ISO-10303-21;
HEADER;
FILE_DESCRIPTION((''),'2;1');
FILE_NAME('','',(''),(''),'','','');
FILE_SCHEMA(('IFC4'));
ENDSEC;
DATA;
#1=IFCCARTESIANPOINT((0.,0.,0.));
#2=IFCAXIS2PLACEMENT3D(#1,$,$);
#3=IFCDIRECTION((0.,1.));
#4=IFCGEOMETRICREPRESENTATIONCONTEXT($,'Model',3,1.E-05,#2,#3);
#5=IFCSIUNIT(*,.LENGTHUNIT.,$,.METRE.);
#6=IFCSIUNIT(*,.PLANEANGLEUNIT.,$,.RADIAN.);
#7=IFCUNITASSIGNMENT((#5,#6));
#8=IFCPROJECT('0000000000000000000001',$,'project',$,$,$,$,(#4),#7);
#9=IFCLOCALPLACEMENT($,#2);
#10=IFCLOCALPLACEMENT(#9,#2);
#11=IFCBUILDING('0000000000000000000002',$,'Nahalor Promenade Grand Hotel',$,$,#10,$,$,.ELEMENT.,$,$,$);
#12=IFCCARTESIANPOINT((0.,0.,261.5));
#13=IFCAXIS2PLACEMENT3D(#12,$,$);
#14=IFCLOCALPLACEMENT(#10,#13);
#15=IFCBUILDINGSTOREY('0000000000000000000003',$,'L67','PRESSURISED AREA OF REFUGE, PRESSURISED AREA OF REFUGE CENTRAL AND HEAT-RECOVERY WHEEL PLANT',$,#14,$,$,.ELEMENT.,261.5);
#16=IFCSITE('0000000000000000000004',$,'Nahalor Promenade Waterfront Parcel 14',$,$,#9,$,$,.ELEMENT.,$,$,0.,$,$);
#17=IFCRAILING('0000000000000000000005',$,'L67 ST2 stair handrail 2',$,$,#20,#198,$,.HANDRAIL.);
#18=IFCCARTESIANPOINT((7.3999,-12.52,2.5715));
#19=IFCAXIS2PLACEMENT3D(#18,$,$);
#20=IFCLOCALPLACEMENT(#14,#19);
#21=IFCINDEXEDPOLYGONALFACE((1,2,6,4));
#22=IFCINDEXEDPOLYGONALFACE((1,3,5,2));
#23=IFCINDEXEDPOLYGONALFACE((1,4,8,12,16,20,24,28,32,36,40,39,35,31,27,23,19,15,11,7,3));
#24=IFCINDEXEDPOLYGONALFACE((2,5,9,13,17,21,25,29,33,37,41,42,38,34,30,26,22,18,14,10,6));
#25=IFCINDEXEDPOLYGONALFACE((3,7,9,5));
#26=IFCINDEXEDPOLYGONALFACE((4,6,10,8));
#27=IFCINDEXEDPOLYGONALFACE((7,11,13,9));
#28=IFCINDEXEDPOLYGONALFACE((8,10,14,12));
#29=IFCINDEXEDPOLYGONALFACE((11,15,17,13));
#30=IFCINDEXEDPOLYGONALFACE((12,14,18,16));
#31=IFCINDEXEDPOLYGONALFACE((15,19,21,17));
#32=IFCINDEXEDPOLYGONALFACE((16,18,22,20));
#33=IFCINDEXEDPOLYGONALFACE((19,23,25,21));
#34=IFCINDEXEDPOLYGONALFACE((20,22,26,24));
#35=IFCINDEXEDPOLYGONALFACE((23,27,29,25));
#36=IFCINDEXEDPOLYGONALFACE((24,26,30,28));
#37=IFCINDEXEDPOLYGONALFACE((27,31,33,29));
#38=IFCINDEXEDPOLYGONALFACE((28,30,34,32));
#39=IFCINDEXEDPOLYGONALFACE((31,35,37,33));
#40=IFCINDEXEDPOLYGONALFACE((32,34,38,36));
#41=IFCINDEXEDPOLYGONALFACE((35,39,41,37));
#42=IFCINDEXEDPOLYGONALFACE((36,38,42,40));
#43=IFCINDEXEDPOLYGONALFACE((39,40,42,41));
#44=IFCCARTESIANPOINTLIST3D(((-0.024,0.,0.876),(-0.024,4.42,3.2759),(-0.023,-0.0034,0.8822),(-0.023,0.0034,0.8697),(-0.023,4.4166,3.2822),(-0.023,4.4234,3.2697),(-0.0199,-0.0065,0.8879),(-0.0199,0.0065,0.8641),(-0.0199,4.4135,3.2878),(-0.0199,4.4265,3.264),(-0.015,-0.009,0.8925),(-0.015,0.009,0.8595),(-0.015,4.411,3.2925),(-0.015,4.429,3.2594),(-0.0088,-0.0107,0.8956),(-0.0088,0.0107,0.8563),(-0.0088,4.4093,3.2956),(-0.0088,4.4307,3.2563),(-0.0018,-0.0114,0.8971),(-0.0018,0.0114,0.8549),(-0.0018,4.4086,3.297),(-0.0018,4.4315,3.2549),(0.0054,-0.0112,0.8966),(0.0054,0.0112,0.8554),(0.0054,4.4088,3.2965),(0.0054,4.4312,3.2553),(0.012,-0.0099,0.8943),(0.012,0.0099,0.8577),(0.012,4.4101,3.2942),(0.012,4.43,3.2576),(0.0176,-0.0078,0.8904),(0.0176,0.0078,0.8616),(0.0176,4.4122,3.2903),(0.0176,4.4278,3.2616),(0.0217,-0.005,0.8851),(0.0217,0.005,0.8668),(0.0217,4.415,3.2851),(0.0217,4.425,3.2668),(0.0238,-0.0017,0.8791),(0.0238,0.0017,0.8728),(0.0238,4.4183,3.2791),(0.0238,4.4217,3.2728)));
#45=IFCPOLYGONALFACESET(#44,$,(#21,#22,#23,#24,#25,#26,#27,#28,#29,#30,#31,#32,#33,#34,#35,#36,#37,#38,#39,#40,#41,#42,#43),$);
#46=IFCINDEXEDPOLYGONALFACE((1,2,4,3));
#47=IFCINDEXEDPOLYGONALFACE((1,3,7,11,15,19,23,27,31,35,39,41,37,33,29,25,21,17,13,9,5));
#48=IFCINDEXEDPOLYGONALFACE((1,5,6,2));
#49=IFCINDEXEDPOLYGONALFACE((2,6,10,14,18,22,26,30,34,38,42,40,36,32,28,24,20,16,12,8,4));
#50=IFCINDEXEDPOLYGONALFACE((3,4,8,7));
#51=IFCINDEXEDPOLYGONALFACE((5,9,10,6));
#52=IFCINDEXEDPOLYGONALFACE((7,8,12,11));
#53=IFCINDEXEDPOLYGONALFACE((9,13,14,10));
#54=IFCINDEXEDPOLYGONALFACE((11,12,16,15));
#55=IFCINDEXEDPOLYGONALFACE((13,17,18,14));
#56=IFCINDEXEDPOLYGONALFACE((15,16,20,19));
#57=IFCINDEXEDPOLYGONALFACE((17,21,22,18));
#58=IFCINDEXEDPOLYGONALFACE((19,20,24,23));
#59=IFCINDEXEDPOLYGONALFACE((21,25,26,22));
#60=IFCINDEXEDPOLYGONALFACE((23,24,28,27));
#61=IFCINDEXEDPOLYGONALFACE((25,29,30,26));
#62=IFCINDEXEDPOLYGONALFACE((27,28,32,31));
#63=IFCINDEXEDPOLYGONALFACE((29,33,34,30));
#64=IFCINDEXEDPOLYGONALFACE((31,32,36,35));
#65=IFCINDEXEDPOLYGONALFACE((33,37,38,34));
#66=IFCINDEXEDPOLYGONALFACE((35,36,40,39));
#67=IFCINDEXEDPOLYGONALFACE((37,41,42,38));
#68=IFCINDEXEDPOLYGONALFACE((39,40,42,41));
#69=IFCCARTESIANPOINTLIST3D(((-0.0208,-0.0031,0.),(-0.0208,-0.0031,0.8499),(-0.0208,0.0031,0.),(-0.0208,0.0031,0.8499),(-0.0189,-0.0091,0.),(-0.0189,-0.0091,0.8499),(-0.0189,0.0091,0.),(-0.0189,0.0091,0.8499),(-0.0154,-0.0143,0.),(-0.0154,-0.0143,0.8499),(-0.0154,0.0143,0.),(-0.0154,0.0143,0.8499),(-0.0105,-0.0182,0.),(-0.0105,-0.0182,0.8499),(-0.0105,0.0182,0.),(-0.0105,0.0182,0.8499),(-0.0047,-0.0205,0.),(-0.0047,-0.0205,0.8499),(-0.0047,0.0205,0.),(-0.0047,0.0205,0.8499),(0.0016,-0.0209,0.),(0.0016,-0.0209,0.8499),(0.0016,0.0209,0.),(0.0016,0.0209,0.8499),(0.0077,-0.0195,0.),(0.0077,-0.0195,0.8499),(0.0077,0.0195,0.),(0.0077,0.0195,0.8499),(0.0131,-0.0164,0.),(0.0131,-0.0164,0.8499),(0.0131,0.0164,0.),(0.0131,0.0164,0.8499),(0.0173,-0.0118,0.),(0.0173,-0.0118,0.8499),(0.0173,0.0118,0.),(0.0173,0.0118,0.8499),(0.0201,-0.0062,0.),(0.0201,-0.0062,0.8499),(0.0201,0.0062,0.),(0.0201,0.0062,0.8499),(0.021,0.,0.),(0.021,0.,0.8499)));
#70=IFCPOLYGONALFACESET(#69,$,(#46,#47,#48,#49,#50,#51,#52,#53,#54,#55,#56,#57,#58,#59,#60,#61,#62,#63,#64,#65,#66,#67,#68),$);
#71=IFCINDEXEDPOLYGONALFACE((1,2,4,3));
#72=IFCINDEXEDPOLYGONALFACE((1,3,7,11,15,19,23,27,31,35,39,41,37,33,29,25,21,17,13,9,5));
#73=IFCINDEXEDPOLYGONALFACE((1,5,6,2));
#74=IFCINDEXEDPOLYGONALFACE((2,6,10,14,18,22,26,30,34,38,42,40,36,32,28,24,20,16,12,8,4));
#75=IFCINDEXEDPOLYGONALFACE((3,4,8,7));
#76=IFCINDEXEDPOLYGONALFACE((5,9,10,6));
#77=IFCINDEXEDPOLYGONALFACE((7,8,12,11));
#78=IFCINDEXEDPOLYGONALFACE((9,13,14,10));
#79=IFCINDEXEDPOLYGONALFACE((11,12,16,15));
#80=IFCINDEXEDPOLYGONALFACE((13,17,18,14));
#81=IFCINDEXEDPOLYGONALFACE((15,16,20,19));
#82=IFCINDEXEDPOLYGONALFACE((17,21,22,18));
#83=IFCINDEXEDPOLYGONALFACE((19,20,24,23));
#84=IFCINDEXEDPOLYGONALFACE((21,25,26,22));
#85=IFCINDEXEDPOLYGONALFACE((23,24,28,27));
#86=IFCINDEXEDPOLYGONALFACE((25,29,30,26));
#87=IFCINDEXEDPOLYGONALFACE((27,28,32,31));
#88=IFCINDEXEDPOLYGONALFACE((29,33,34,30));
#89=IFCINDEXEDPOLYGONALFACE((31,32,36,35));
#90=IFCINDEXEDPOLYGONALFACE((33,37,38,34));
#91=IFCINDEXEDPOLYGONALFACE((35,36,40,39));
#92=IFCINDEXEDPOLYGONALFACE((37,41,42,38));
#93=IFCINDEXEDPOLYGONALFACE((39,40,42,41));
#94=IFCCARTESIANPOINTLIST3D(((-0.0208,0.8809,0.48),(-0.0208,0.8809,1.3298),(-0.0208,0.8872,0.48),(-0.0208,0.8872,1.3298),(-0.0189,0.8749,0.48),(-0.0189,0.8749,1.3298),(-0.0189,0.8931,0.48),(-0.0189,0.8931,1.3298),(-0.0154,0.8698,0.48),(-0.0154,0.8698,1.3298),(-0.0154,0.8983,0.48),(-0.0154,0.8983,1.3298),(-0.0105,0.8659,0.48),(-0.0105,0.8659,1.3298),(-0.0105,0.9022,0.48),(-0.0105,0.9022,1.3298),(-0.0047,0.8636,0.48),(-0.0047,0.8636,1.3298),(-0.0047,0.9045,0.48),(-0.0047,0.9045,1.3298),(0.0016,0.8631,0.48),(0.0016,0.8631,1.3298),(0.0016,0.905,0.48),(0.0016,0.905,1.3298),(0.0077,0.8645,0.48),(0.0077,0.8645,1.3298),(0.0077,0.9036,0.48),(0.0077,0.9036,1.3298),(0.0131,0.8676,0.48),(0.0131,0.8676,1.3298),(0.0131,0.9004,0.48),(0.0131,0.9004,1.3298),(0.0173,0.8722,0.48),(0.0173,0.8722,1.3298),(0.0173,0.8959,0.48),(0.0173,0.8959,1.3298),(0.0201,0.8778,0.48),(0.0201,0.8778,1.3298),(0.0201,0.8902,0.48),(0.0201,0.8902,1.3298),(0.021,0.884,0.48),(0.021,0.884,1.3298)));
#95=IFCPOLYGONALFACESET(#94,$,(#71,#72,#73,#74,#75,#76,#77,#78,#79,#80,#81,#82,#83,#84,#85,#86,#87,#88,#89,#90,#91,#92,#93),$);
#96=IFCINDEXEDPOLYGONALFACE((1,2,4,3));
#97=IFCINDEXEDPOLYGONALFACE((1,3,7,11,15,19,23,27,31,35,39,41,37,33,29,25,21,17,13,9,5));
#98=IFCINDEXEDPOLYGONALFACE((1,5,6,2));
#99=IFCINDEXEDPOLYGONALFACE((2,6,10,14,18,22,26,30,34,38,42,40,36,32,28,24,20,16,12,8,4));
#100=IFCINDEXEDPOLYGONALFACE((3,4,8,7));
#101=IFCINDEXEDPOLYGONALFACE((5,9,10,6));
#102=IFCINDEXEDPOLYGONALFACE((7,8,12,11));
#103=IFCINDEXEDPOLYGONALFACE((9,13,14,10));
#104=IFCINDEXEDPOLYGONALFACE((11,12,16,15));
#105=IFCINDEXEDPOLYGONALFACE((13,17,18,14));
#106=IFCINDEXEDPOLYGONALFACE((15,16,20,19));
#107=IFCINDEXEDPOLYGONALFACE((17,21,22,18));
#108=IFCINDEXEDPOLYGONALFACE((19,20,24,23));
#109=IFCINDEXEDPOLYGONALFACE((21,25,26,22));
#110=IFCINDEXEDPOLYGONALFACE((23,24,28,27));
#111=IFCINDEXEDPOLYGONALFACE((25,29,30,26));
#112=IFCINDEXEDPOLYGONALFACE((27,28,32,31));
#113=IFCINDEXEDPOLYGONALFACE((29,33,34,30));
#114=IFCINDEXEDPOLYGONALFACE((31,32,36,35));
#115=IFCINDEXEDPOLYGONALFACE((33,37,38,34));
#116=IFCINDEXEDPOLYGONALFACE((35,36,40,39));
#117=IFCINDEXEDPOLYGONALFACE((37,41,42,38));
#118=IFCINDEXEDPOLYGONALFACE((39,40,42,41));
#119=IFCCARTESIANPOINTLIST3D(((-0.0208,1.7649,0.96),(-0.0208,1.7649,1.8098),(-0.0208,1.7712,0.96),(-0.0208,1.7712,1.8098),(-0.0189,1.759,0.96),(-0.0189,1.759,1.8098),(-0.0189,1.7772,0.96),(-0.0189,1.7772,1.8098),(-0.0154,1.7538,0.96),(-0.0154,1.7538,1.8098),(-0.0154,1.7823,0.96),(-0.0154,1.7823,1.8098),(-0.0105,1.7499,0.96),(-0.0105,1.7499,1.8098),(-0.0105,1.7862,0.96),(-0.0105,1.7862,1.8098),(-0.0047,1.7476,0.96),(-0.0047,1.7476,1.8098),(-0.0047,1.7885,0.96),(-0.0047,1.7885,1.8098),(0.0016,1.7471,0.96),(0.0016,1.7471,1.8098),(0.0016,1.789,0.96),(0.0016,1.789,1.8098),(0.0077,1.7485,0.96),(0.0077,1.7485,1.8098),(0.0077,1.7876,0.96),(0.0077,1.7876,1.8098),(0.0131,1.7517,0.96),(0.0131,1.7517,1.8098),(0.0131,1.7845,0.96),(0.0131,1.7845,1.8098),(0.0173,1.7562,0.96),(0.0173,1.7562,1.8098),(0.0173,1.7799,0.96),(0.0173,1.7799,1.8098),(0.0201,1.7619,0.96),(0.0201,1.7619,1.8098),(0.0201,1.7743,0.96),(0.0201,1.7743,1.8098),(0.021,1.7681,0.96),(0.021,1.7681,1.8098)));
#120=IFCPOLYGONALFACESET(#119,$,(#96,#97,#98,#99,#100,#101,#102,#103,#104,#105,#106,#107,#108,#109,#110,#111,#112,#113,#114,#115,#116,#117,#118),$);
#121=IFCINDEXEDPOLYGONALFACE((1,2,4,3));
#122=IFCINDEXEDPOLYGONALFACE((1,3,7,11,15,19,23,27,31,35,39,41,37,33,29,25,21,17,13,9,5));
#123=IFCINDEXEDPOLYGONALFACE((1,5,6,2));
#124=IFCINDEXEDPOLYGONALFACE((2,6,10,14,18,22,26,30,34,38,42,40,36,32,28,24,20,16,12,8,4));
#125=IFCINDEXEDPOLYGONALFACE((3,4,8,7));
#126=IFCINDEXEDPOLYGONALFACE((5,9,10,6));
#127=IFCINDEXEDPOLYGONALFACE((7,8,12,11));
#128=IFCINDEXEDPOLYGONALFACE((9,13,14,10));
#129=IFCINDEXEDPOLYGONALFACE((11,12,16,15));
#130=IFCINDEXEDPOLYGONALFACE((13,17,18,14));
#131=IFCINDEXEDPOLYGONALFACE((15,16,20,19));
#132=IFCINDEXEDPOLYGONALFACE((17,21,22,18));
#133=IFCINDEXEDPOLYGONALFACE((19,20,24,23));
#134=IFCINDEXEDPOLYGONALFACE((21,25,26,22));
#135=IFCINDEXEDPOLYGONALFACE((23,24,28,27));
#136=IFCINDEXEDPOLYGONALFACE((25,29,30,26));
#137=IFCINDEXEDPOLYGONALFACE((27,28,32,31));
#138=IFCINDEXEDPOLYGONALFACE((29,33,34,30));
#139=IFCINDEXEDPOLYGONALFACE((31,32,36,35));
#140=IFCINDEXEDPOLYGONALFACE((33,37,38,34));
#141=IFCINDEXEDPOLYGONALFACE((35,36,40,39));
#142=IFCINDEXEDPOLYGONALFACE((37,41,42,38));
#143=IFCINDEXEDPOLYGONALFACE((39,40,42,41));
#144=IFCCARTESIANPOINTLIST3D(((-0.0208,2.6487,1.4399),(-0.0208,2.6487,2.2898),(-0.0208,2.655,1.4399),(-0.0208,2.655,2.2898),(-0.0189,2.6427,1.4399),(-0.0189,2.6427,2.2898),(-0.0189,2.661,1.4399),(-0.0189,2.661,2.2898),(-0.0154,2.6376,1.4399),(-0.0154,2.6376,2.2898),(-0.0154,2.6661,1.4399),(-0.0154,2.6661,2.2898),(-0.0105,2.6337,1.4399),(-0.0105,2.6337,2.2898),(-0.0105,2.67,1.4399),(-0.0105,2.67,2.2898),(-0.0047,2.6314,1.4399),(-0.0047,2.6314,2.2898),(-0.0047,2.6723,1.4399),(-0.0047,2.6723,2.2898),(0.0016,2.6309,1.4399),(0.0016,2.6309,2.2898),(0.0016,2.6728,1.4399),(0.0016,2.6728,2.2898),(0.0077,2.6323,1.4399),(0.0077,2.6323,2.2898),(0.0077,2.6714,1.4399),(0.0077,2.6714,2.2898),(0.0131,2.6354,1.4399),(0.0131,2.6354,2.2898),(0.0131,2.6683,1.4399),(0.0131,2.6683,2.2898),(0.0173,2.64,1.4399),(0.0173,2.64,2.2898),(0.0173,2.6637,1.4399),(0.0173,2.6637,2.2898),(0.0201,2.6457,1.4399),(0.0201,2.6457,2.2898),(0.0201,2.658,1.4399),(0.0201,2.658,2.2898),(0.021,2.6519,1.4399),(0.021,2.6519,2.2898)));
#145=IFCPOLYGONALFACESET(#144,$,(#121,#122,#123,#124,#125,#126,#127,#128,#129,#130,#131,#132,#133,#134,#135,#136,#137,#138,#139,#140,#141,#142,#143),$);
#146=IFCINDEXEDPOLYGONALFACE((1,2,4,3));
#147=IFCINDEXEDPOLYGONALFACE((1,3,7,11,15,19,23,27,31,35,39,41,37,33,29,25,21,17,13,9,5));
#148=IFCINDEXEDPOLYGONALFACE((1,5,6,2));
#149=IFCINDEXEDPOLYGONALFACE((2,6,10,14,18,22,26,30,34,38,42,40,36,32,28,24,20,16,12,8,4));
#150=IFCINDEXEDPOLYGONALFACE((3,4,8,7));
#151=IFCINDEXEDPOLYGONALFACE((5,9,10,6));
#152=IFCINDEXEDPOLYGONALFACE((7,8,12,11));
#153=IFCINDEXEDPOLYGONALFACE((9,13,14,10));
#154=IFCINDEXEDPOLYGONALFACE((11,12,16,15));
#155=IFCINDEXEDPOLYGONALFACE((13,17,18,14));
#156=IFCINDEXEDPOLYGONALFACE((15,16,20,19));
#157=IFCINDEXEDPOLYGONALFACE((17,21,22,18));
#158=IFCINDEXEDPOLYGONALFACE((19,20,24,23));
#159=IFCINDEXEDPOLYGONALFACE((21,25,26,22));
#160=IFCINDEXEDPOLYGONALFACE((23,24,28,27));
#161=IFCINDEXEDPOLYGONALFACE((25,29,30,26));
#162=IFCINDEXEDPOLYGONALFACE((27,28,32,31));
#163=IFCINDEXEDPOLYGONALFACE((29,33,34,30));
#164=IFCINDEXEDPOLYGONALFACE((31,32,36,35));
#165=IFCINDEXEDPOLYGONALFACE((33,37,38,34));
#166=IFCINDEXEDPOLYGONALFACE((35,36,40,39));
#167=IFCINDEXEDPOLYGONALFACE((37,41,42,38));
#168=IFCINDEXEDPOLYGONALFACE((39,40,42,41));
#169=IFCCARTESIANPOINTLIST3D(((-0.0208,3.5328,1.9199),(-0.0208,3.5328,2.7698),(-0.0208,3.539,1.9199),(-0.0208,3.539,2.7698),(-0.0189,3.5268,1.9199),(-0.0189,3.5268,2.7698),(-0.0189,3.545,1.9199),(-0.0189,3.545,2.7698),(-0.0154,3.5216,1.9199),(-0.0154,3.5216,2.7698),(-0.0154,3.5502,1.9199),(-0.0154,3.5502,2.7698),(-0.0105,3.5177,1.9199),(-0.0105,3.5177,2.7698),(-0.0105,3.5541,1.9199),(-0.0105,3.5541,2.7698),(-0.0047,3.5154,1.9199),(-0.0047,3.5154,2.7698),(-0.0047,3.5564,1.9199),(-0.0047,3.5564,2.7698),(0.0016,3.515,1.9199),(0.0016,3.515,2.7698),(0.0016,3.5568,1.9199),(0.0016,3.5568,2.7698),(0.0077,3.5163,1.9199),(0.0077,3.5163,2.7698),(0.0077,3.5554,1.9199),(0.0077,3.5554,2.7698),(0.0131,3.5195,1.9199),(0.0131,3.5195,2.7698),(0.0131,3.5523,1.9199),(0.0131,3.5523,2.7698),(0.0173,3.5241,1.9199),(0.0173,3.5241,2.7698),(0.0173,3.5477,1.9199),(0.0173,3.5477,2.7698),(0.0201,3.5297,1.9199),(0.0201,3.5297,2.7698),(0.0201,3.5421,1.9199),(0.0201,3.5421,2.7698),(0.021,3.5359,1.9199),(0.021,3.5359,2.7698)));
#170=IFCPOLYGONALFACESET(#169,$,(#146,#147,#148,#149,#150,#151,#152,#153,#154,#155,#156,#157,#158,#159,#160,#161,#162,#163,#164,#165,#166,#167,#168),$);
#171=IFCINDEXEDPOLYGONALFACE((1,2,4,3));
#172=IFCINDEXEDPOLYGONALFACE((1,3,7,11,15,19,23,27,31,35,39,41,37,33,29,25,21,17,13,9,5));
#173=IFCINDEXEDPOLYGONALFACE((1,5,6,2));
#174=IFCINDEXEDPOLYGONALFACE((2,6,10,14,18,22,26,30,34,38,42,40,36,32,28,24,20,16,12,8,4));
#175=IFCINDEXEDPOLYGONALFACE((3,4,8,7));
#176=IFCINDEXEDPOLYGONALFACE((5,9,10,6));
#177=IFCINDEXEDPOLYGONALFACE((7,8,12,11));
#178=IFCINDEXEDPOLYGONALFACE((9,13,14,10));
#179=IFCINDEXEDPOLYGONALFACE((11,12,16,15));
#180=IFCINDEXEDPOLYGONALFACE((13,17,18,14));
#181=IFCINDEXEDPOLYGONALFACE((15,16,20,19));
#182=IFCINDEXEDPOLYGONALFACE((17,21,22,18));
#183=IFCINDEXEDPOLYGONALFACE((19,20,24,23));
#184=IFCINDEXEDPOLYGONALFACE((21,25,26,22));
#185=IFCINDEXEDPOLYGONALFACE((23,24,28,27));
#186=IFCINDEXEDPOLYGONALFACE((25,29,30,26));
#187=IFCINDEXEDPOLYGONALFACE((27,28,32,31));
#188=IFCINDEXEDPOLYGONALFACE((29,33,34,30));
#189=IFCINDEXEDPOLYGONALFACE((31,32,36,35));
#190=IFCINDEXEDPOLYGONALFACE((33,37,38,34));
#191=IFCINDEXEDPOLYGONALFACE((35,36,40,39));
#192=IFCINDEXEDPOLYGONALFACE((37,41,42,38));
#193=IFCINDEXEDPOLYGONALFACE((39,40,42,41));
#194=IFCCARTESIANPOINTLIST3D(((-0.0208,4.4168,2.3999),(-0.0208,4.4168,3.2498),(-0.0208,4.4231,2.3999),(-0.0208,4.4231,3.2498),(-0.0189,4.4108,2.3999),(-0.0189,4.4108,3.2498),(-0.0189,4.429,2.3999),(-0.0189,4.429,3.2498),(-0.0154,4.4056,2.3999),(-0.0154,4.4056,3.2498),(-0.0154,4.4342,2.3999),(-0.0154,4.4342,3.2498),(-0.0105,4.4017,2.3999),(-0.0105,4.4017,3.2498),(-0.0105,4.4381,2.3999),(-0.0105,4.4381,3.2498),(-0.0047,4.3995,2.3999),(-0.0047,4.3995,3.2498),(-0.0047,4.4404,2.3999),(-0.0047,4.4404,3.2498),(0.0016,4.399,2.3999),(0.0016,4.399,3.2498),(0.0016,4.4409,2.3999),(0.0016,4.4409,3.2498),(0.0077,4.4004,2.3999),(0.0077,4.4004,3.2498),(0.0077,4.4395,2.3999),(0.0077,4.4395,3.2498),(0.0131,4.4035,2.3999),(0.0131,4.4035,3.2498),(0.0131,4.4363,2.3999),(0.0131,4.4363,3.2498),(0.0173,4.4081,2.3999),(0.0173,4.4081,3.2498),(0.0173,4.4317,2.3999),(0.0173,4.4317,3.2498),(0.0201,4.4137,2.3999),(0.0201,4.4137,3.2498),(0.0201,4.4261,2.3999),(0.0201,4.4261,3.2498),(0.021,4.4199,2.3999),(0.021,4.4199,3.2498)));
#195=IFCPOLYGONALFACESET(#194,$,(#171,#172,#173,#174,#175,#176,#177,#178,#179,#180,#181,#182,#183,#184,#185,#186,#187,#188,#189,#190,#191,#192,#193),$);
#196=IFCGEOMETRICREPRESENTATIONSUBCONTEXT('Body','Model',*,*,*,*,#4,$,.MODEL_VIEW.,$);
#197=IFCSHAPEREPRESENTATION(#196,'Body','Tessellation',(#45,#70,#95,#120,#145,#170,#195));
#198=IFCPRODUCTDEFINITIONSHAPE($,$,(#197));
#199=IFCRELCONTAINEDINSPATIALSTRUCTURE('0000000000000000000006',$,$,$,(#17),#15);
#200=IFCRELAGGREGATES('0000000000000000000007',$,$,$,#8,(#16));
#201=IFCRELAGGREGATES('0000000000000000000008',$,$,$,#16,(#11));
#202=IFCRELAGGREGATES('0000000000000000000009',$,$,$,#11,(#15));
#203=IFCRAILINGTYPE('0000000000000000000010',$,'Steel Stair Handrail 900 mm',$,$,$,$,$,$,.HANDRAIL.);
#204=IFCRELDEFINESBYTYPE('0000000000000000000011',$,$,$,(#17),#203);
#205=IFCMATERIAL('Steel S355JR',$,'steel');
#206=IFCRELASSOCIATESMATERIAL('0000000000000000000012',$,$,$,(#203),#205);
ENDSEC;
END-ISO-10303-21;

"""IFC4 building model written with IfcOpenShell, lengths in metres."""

from ifc_helpers import new_model, si_unit, direction, frame, origin, origin_2d, place, context, subcontext, project, spatial, circle, extrude, material, type_object, element, save


model = new_model("IFC4")

# Units and contexts
model_context = context("Model", 3, precision=1e-05, world=origin(), true_north=direction((0.0, 1.0)))
body_context = subcontext(model_context, "Body", "Model", "MODEL_VIEW")
ifc_project = project(units=[si_unit("LENGTHUNIT", "METRE"), si_unit("PLANEANGLEUNIT", "RADIAN")], contexts=[model_context])

# Site, building, storey
site_placement = place(None, origin())
site = spatial("IfcSite", under=ifc_project, at=site_placement, Name="Nahalor Promenade Waterfront Parcel 14", CompositionType="ELEMENT", RefElevation=0.0)
building_placement = place(site_placement, origin())
building = spatial("IfcBuilding", under=site, at=building_placement, Name="Nahalor Promenade Grand Hotel", CompositionType="ELEMENT")
storey_placement = place(building_placement, frame((0.0, 0.0, 261.5)))
storey = spatial("IfcBuildingStorey", under=building, at=storey_placement, Name="L67", Description="PRESSURISED AREA OF REFUGE, PRESSURISED AREA OF REFUGE CENTRAL AND HEAT-RECOVERY WHEEL PLANT", CompositionType="ELEMENT", Elevation=261.5)

# Shared definitions
ifc_material_1 = material(Name="Steel S355JR", Category="steel")

# Railing
railing_type_1 = type_object("IfcRailingType", Name="Steel Stair Handrail 900 mm", PredefinedType="HANDRAIL", material=ifc_material_1)
railing_1_placement = place(storey_placement, frame((7.3999, -12.52, 2.5715)))
element("IfcRailing", 1, at=railing_1_placement, inside=storey, type_object=railing_type_1, Name="L67 ST2 stair handrail 2", PredefinedType="HANDRAIL", context=body_context, shape_type="SweptSolid", body=[
    extrude(circle(Radius=0.024, at=origin_2d()), frame((0.0, 0.0, 0.876), z_axis=(0.0, 0.87881, 0.477171), x_axis=(-1.0, 0.0, 0.0)), (0.0, 0.0, 1.0), 5.0295),
    extrude(circle(Radius=0.021, at=origin_2d()), origin(), (0.0, 0.0, 1.0), 0.8499),
    extrude(circle(Radius=0.021, at=origin_2d()), frame((0.0, 0.884, 0.48)), (0.0, 0.0, 1.0), 0.8499),
    extrude(circle(Radius=0.021, at=origin_2d()), frame((0.0, 1.7681, 0.96)), (0.0, 0.0, 1.0), 0.8499),
    extrude(circle(Radius=0.021, at=origin_2d()), frame((0.0, 2.6519, 1.4399)), (0.0, 0.0, 1.0), 0.8499),
    extrude(circle(Radius=0.021, at=origin_2d()), frame((0.0, 3.5359, 1.9199)), (0.0, 0.0, 1.0), 0.8499),
    extrude(circle(Radius=0.021, at=origin_2d()), frame((0.0, 4.4199, 2.3999)), (0.0, 0.0, 1.0), 0.8499),
])

save(model, "model.ifc")
